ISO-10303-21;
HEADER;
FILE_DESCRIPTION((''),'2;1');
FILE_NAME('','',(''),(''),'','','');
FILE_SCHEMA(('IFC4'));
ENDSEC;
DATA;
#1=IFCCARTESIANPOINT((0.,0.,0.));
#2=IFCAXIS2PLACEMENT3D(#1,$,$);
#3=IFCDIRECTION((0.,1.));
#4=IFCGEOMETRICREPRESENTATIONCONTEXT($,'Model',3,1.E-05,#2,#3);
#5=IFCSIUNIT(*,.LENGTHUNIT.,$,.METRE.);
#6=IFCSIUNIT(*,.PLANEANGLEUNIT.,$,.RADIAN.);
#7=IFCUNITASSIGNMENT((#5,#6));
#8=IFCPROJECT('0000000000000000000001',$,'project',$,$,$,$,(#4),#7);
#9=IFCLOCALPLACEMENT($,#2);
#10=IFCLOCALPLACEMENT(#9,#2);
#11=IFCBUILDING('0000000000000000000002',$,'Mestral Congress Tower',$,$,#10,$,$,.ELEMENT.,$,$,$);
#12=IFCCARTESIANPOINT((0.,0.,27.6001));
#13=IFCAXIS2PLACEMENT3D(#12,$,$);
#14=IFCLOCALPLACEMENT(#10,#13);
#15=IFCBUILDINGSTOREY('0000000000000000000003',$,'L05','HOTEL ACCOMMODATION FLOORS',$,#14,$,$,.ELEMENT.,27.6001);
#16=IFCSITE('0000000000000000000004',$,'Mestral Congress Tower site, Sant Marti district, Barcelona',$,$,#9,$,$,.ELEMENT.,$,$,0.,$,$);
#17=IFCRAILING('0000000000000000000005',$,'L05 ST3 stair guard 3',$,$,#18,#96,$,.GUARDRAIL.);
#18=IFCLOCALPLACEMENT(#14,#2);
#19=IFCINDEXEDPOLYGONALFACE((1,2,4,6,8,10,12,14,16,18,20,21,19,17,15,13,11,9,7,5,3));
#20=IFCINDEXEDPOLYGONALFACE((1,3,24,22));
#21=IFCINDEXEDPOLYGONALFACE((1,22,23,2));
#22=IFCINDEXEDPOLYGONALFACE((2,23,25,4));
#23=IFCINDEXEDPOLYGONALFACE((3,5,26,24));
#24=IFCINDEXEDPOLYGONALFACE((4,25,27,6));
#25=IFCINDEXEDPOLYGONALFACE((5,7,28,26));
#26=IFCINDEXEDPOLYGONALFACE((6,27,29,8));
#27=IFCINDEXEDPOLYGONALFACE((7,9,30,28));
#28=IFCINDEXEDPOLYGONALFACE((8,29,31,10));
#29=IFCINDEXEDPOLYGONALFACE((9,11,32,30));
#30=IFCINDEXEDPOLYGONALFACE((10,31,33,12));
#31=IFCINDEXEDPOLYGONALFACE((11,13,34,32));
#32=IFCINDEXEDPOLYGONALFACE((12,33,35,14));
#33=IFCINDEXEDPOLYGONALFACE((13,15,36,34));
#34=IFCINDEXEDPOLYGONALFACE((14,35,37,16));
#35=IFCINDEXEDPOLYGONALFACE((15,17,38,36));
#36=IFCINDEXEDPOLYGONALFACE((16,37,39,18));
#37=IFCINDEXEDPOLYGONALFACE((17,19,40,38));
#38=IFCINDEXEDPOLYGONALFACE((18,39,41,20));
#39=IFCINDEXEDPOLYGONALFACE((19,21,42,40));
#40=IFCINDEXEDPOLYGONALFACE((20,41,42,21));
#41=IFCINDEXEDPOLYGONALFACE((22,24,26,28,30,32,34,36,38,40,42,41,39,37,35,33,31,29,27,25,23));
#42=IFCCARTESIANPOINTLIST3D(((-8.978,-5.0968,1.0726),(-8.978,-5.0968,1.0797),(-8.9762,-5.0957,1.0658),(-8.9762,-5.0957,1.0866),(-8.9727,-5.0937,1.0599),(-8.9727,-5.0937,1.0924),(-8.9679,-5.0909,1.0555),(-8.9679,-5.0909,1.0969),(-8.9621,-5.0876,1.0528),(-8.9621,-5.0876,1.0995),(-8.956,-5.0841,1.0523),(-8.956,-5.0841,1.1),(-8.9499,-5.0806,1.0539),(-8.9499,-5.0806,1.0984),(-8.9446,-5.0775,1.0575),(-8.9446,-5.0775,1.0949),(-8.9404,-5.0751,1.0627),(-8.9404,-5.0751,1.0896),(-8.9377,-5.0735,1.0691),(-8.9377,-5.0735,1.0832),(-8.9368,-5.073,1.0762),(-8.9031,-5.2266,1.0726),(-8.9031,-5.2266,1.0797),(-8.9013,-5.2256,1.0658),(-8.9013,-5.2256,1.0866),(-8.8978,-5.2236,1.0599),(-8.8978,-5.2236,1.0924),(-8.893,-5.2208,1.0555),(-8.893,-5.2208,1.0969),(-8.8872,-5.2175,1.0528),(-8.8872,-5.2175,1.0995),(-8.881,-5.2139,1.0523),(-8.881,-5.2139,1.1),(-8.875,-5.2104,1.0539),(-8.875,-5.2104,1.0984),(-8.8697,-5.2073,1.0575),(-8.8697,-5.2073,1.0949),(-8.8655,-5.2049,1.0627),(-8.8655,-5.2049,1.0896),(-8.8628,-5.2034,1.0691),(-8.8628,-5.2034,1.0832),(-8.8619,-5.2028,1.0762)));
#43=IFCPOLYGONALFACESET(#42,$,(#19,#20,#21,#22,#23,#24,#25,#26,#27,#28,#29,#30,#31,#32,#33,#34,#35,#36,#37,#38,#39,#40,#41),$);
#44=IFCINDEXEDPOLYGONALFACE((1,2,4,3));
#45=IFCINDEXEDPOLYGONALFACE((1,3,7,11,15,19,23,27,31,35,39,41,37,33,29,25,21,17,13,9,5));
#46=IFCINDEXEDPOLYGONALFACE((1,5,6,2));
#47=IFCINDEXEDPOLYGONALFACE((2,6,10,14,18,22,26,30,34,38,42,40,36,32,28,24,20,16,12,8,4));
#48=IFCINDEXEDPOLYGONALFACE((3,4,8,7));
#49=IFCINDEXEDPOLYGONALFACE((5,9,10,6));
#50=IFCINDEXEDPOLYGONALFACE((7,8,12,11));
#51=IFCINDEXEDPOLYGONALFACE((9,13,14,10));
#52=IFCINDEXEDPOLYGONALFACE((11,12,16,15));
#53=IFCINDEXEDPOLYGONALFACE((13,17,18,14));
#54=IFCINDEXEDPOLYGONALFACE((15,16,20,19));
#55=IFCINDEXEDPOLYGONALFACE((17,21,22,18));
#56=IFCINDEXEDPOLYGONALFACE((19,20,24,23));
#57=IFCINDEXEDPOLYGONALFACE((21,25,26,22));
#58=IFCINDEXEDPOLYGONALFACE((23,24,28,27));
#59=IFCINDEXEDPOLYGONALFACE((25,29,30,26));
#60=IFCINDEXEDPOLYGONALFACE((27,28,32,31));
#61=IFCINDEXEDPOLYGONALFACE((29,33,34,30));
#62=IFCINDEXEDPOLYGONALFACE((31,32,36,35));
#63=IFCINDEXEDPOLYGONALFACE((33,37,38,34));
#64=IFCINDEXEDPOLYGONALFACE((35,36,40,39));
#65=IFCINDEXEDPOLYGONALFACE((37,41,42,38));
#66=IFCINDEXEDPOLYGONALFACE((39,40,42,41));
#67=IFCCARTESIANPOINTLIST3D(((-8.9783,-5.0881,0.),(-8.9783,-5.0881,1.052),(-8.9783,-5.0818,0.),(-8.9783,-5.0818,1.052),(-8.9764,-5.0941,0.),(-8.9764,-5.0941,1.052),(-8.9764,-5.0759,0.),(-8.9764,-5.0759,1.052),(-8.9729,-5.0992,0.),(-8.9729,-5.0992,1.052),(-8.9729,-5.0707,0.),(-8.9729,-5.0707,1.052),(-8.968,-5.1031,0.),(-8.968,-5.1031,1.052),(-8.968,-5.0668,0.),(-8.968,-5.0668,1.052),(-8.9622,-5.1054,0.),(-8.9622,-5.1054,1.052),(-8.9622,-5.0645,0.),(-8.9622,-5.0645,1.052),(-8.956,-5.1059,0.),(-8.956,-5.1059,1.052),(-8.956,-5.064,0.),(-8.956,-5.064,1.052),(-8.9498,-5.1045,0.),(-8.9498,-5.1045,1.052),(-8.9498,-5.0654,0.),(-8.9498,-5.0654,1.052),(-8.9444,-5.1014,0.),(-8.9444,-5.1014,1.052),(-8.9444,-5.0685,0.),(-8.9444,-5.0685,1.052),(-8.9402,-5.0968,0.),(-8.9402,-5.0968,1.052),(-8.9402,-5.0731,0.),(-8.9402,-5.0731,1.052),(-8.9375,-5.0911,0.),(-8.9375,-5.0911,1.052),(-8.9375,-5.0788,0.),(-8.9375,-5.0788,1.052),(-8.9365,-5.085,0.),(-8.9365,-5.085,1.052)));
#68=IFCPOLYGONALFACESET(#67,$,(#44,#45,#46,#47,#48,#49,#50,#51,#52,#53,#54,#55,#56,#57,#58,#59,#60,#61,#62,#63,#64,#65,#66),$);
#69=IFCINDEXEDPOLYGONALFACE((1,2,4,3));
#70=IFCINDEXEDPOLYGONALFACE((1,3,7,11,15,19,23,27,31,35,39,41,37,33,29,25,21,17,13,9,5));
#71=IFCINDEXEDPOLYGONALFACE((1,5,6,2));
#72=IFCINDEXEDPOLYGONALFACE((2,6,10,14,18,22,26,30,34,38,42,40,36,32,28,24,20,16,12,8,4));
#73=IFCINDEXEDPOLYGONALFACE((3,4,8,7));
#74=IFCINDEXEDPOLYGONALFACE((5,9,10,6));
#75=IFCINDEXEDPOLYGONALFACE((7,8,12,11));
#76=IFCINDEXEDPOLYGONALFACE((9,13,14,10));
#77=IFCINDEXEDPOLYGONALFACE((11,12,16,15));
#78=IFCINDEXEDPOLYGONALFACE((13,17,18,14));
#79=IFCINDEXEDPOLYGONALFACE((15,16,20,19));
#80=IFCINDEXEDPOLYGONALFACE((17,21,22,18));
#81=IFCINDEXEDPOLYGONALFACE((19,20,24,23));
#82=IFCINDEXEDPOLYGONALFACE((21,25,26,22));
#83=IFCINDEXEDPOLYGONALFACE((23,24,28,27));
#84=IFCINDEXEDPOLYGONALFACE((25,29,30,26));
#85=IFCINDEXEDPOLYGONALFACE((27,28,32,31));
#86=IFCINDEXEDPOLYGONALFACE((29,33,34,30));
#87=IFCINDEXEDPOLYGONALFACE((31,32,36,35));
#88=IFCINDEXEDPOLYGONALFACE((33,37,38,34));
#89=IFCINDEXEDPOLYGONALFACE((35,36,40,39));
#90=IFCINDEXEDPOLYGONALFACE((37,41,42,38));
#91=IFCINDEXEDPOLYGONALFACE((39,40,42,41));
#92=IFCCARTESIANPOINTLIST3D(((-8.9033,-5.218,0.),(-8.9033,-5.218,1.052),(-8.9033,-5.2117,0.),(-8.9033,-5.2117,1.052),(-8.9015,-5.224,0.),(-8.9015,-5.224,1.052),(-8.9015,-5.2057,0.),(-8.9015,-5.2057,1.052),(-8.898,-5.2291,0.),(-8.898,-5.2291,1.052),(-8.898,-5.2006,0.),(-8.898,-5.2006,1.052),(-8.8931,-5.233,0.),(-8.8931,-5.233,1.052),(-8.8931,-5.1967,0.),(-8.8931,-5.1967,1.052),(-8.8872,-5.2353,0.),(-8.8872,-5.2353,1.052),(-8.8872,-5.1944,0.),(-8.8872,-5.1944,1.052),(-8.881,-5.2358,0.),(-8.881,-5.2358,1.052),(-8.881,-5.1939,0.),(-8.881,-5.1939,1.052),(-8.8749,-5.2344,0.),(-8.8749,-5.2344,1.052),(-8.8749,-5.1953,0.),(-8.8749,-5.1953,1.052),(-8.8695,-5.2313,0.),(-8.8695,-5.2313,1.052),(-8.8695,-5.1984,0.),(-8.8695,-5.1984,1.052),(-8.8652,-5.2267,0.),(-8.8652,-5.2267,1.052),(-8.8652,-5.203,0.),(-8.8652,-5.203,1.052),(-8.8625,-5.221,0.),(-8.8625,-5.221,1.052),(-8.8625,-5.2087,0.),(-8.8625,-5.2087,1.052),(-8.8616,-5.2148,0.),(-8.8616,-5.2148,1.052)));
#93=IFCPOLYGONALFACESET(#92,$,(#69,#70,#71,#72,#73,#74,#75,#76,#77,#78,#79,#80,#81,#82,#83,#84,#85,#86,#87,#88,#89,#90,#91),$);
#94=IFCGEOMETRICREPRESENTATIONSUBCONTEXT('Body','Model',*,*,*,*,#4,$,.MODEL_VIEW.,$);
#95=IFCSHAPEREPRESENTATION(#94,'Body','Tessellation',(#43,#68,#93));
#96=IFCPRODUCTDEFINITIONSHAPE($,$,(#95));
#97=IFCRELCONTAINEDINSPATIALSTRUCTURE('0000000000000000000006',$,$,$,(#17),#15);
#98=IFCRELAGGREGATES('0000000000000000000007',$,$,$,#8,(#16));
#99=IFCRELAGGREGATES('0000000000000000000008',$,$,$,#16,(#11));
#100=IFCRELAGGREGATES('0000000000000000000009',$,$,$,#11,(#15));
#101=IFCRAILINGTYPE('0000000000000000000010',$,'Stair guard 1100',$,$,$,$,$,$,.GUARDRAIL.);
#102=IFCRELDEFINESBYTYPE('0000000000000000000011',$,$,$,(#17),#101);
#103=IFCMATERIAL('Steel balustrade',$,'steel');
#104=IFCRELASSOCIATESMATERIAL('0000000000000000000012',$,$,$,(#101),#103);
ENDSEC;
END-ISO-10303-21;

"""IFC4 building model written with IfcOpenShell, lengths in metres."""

from ifc_helpers import new_model, si_unit, direction, frame, origin, origin_2d, place, context, subcontext, project, spatial, circle, extrude, material, type_object, element, save


model = new_model("IFC4")

# Units and contexts
model_context = context("Model", 3, precision=1e-05, world=origin(), true_north=direction((0.0, 1.0)))
body_context = subcontext(model_context, "Body", "Model", "MODEL_VIEW")
ifc_project = project(units=[si_unit("LENGTHUNIT", "METRE"), si_unit("PLANEANGLEUNIT", "RADIAN")], contexts=[model_context])

# Site, building, storey
site_placement = place(None, origin())
site = spatial("IfcSite", under=ifc_project, at=site_placement, Name="Mestral Congress Tower site, Sant Marti district, Barcelona", CompositionType="ELEMENT", RefElevation=0.0)
building_placement = place(site_placement, origin())
building = spatial("IfcBuilding", under=site, at=building_placement, Name="Mestral Congress Tower", CompositionType="ELEMENT")
storey_placement = place(building_placement, frame((0.0, 0.0, 27.6001)))
storey = spatial("IfcBuildingStorey", under=building, at=storey_placement, Name="L05", Description="HOTEL ACCOMMODATION FLOORS", CompositionType="ELEMENT", Elevation=27.6001)

# Railing
ifc_material_1 = material(Name="Steel balustrade", Category="steel")
railing_type_1 = type_object("IfcRailingType", Name="Stair guard 1100", PredefinedType="GUARDRAIL", material=ifc_material_1)
railing_1_placement = place(storey_placement, frame((-8.9575, -5.085, 0.0)))
element("IfcRailing", 1, at=railing_1_placement, inside=storey, type_object=railing_type_1, Name="L05 ST3 stair guard 3", PredefinedType="GUARDRAIL", context=body_context, shape_type="SweptSolid", body=[
    extrude(circle(Radius=0.0239, at=origin_2d()), frame((0.0, 0.0, 1.0762), z_axis=(0.499816, -0.866131, 0.0), x_axis=(0.866131, 0.499816, 0.0)), (0.0, 0.0, 1.0), 0.1499),
    extrude(circle(Radius=0.021, at=origin_2d()), origin(), (0.0, 0.0, 1.0), 1.052),
    extrude(circle(Radius=0.021, at=origin_2d()), frame((0.075, -0.1299, 0.0)), (0.0, 0.0, 1.0), 1.052),
])

save(model, "model.ifc")
